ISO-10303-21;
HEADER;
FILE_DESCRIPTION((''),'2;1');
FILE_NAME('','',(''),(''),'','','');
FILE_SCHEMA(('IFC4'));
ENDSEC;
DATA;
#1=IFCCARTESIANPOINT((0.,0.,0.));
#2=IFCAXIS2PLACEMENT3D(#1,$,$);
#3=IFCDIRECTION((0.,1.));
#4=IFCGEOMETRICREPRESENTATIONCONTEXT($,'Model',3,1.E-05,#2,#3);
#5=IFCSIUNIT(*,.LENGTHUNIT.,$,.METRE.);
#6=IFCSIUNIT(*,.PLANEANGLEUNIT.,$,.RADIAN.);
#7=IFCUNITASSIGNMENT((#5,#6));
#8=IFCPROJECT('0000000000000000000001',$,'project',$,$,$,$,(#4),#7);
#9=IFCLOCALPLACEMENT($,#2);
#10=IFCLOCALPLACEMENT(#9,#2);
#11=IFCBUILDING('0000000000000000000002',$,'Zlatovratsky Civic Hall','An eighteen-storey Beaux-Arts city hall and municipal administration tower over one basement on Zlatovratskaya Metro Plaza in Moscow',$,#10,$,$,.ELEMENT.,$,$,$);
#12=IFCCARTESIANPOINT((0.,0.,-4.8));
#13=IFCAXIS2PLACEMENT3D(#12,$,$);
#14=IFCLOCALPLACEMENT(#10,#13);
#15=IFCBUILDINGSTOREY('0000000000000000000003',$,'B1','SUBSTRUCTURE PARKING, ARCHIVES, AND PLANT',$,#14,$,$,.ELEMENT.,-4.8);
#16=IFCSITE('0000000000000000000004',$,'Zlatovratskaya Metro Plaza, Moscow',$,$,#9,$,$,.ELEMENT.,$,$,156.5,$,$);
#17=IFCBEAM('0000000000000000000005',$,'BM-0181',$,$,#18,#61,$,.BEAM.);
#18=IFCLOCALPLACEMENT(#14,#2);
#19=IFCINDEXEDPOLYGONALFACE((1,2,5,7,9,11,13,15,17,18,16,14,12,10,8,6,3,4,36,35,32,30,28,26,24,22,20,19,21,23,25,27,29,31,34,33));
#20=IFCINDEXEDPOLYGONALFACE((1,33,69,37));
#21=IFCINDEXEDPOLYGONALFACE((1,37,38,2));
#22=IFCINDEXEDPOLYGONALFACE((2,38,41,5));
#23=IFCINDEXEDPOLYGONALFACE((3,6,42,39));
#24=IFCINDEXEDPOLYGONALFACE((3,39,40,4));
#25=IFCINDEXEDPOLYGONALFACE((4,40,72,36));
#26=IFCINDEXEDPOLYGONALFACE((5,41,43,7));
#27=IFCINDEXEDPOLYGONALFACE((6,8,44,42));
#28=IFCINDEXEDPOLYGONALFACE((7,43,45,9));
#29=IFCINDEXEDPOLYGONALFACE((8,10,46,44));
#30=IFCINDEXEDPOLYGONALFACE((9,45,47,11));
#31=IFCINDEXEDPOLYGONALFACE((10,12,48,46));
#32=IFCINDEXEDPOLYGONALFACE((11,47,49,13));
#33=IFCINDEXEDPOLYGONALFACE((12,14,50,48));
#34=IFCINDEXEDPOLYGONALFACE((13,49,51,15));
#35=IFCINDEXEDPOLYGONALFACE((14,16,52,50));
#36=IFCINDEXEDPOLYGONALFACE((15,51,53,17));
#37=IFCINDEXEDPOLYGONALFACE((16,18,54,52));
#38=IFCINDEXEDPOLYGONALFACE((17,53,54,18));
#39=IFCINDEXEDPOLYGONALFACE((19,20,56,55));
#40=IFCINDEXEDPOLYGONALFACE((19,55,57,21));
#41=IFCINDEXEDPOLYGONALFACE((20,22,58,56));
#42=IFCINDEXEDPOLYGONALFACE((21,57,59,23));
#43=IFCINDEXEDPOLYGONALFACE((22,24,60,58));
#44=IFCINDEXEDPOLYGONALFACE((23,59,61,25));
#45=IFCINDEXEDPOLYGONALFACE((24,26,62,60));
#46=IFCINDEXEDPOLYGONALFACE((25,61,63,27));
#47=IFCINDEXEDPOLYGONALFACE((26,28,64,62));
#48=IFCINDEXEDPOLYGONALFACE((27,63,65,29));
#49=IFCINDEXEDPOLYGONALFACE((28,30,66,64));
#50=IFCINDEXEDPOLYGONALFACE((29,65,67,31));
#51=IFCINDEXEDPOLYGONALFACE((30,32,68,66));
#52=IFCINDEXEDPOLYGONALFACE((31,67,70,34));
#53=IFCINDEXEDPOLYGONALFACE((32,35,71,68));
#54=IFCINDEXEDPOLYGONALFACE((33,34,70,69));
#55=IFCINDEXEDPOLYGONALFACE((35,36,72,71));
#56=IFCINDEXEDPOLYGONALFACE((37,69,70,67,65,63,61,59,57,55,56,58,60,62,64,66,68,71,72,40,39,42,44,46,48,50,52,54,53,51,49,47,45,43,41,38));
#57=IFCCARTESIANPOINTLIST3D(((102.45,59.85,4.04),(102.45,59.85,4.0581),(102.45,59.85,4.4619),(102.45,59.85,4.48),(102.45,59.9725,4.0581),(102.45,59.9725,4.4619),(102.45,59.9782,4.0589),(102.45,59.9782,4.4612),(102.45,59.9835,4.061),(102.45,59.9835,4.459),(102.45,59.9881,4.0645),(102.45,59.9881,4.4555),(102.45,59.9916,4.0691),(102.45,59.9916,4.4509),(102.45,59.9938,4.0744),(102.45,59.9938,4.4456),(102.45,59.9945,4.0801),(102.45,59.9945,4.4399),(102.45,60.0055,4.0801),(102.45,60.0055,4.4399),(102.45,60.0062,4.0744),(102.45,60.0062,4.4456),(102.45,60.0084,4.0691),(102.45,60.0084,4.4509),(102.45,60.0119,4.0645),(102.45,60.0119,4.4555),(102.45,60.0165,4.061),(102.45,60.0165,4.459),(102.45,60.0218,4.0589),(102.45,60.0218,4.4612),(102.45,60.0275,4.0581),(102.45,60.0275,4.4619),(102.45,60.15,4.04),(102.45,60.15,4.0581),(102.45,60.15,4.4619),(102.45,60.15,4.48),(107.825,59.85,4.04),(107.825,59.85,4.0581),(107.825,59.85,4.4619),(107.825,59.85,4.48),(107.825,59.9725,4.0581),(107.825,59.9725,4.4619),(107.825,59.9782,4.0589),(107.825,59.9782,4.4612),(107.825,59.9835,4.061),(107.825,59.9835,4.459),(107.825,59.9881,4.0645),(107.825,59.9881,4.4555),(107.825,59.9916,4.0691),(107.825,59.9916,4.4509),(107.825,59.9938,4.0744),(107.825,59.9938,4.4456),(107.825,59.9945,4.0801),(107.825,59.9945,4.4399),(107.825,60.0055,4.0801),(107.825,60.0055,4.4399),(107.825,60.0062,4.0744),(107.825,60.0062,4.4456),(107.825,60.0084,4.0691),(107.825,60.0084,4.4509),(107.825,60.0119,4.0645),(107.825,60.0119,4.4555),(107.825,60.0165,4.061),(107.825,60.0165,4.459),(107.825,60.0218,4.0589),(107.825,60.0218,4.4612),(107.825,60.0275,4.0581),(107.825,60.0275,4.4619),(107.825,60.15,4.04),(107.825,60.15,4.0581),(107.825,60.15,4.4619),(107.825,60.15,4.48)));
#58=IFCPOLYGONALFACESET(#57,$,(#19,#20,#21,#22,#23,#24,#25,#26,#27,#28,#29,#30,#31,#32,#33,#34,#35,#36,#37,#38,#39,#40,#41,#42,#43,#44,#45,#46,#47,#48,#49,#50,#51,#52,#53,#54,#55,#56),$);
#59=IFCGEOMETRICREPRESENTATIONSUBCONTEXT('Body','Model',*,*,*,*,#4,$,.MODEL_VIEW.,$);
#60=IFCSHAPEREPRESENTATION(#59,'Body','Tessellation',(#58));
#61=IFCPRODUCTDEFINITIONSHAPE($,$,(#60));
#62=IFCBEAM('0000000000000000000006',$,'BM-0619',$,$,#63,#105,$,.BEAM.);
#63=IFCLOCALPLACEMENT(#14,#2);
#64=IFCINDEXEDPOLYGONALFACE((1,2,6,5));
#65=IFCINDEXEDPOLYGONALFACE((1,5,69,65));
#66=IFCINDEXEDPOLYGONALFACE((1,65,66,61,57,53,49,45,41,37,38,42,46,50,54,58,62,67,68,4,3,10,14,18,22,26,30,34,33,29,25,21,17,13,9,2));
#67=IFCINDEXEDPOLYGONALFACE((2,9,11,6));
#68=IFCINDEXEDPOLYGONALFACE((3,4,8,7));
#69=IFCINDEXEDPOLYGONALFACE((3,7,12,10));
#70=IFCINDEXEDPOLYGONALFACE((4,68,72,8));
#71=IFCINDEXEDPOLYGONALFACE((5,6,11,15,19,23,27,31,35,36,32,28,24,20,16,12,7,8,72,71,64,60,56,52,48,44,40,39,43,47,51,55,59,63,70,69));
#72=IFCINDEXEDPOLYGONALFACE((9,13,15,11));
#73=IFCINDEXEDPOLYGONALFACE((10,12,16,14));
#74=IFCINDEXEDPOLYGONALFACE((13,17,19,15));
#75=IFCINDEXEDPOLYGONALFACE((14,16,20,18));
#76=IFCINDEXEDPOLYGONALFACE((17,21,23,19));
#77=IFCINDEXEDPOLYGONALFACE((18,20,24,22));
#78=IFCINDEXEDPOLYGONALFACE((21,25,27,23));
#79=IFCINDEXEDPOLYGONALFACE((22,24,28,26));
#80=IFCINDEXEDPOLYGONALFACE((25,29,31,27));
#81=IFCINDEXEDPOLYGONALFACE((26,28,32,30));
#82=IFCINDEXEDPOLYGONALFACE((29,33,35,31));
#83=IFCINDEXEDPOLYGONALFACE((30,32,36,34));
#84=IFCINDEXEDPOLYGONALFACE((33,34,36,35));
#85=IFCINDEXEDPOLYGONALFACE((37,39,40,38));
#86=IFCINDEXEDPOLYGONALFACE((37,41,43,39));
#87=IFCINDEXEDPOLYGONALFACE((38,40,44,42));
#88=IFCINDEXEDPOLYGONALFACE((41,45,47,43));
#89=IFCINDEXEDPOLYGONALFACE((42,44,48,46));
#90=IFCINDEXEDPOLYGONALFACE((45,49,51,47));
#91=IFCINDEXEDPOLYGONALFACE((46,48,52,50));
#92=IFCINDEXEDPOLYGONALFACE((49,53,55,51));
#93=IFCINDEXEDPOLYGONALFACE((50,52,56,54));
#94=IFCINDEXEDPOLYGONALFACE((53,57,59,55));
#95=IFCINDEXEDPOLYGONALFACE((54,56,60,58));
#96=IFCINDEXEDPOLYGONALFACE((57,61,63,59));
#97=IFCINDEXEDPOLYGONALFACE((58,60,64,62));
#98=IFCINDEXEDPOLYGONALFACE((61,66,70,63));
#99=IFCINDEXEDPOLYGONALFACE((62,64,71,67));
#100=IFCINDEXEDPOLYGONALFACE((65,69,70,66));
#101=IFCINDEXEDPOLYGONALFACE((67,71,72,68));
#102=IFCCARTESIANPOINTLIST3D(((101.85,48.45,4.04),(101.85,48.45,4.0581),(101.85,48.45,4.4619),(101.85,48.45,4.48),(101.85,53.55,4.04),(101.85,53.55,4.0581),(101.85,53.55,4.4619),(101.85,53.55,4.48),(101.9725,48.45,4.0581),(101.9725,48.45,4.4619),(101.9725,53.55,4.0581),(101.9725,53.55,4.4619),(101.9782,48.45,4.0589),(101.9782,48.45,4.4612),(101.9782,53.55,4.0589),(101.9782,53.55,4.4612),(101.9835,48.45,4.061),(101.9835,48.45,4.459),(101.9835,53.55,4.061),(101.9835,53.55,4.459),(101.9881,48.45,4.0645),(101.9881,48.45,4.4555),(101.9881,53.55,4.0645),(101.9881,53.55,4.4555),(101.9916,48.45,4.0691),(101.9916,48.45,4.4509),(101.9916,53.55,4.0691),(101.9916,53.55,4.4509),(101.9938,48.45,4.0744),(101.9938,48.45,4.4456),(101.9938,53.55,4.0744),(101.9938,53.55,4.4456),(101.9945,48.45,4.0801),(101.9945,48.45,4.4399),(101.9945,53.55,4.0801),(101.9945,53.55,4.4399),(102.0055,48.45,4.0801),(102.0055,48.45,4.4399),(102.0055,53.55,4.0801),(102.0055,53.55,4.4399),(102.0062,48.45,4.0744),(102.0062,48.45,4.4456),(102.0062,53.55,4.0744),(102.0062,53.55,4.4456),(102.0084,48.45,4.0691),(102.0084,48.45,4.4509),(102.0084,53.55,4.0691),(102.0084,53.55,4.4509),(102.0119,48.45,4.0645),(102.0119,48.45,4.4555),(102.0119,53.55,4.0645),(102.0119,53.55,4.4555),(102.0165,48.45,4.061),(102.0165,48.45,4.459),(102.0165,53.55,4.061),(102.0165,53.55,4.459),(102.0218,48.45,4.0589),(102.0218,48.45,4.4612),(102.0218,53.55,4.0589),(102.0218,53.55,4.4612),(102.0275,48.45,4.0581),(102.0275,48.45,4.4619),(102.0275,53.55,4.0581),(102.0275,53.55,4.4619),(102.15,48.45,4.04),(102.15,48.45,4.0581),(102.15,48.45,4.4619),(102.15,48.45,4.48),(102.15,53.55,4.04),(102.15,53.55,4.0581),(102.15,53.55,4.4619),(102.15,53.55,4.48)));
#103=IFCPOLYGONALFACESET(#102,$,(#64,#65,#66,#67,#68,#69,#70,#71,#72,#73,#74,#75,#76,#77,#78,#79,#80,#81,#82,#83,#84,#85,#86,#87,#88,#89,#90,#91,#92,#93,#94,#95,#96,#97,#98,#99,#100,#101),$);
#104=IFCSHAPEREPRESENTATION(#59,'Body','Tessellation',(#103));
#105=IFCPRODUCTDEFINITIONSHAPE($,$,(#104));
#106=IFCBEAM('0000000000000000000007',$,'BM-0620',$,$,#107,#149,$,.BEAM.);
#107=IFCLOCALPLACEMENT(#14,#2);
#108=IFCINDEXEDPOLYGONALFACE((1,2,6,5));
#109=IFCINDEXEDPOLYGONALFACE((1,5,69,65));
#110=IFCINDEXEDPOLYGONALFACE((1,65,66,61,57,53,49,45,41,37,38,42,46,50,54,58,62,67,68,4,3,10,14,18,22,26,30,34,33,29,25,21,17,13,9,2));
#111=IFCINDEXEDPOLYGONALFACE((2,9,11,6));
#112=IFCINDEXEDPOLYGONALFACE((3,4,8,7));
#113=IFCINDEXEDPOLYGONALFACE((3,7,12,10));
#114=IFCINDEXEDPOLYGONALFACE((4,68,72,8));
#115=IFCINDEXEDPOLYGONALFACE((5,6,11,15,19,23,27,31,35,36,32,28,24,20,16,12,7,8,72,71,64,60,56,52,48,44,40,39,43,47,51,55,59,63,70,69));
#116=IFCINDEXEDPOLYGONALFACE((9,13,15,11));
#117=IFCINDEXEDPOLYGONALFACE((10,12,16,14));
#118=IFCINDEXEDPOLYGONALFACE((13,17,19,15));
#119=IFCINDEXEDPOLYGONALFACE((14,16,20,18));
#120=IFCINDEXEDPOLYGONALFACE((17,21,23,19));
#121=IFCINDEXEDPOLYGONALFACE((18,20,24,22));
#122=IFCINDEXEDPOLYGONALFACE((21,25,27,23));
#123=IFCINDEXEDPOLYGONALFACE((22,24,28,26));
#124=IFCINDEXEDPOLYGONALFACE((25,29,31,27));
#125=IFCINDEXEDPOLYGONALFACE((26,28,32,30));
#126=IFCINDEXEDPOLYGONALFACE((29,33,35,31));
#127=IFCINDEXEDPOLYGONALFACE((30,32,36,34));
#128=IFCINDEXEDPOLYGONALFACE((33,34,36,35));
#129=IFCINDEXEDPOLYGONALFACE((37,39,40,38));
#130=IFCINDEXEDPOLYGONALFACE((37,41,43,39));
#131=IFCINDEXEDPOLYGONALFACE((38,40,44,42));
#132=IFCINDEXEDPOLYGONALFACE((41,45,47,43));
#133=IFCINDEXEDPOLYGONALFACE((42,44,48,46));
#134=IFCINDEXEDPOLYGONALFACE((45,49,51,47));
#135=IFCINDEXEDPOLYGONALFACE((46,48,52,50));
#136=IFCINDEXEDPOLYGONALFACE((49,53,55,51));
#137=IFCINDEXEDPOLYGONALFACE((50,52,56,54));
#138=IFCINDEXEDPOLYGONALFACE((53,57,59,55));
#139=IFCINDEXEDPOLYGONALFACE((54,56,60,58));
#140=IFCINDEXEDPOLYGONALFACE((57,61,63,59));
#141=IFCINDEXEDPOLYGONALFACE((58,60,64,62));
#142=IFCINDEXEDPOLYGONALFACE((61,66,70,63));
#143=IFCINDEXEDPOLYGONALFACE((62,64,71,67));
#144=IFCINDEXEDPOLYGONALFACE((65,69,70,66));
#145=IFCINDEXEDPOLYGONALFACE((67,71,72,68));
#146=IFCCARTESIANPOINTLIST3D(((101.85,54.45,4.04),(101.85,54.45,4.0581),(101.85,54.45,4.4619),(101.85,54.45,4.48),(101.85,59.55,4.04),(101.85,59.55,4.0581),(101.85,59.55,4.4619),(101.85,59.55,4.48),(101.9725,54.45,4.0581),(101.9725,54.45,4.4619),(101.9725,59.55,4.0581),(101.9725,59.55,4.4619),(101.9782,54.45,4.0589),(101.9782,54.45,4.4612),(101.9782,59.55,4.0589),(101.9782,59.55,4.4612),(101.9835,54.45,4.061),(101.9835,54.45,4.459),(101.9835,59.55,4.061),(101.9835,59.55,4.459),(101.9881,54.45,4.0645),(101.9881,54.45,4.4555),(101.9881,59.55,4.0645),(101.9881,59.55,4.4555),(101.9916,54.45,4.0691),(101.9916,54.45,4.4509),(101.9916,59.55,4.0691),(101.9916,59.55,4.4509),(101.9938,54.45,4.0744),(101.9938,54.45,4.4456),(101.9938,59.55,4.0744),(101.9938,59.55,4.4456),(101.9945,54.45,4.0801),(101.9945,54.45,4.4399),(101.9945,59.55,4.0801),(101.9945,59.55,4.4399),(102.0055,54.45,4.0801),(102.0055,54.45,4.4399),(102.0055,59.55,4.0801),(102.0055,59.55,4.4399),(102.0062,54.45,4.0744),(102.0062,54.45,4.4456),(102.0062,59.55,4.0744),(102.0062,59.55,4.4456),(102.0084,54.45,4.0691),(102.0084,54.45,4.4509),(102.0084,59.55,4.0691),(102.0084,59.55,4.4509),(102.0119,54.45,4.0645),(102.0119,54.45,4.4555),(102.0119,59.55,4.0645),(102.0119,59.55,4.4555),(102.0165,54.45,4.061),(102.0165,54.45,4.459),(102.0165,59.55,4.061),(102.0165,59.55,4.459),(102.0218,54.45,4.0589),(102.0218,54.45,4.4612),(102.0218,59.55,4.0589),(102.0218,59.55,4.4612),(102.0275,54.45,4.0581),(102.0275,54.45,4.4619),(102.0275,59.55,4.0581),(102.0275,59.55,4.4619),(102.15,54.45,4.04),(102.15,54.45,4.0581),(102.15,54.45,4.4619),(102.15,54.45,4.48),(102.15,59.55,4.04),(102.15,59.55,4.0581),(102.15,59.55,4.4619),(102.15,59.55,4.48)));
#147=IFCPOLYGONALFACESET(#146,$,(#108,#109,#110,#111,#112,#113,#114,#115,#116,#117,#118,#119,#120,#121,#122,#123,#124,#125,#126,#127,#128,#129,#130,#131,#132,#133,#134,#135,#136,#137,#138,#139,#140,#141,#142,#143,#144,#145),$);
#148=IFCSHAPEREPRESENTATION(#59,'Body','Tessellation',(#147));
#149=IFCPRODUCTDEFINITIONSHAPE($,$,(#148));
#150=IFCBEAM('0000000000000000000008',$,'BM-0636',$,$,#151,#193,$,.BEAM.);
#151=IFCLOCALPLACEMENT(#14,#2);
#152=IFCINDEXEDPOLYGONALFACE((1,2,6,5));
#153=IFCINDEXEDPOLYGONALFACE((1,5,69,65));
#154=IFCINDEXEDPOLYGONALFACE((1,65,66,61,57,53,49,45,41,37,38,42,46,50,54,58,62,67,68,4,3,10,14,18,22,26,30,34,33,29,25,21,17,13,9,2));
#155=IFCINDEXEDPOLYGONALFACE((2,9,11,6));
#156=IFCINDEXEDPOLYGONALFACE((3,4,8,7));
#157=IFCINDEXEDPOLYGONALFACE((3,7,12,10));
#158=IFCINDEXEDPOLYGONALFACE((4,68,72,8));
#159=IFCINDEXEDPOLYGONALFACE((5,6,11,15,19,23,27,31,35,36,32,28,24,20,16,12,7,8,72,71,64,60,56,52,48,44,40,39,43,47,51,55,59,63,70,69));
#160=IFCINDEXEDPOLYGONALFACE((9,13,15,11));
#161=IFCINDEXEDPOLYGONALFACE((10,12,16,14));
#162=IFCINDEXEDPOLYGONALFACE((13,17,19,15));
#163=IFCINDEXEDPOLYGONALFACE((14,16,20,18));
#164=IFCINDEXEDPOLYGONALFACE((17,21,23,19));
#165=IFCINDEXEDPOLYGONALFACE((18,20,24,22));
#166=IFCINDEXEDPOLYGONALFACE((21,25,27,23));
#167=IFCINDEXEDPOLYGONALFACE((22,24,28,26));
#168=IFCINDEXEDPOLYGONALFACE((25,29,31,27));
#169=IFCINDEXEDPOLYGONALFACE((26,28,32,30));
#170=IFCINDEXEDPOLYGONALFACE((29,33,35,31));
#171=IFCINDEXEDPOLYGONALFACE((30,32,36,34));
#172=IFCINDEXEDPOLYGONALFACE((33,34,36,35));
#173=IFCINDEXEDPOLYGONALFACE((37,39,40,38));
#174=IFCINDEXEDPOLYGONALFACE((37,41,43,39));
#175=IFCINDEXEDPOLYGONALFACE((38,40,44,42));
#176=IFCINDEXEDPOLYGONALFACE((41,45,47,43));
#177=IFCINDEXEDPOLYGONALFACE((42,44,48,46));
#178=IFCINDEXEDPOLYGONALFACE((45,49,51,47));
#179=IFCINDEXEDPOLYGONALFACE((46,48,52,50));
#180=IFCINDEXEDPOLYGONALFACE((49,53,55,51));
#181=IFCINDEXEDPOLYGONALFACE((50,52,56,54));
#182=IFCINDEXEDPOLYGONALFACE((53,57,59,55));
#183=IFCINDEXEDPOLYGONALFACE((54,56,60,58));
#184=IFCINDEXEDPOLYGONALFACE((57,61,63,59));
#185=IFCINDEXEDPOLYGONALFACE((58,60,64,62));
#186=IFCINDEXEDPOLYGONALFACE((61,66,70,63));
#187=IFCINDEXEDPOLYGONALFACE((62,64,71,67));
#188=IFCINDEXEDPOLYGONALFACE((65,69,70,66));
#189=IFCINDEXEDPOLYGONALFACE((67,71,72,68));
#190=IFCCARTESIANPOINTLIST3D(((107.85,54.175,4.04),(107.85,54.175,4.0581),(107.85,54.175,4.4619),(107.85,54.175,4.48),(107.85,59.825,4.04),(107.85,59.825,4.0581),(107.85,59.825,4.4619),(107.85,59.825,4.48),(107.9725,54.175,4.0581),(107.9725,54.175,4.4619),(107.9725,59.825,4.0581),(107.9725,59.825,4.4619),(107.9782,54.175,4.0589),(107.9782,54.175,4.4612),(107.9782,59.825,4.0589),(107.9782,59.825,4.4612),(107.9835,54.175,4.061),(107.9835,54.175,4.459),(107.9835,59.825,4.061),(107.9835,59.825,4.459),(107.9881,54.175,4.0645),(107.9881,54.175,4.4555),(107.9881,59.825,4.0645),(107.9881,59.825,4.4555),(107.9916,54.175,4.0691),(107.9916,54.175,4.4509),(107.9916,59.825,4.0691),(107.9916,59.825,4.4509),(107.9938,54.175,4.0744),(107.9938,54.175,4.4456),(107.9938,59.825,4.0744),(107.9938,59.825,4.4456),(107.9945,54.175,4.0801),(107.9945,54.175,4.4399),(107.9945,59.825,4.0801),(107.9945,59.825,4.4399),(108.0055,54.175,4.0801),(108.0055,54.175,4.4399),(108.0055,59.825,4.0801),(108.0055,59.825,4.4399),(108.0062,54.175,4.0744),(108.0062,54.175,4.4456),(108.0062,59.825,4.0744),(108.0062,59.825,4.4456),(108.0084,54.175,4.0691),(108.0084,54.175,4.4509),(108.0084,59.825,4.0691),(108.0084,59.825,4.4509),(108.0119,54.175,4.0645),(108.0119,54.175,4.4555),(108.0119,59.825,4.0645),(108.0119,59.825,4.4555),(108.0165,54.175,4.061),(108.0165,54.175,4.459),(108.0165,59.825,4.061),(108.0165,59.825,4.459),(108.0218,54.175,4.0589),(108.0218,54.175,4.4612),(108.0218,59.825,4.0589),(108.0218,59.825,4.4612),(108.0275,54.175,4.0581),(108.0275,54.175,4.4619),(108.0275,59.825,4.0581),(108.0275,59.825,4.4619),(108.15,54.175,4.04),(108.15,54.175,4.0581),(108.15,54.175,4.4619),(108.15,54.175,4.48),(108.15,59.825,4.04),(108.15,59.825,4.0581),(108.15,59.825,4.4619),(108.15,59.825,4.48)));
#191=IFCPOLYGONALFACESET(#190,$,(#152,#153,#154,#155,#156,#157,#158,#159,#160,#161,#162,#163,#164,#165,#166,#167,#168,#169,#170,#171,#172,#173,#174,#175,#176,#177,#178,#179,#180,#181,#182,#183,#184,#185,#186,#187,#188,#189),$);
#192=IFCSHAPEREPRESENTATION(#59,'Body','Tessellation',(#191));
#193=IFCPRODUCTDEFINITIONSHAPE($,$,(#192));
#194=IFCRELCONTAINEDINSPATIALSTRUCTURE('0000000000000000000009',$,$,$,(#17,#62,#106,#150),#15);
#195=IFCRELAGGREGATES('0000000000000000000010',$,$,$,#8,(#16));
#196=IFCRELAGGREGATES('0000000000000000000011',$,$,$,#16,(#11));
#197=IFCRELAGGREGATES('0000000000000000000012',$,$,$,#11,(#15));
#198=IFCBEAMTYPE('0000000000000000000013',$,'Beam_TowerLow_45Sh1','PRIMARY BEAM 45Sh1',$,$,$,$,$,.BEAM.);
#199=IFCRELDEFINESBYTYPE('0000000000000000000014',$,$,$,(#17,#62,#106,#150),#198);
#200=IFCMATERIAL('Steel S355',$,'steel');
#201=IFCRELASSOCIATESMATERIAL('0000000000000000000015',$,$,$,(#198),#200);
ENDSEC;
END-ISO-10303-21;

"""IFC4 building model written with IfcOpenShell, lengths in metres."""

from ifc_helpers import new_model, si_unit, direction, frame, origin, origin_2d, place, context, subcontext, project, spatial, i_section, extrude, material, material_profile, profile_set, type_object, element, save


model = new_model("IFC4")

# Units and contexts
model_context = context("Model", 3, precision=1e-05, world=origin(), true_north=direction((0.0, 1.0)))
body_context = subcontext(model_context, "Body", "Model", "MODEL_VIEW")
ifc_project = project(units=[si_unit("LENGTHUNIT", "METRE"), si_unit("PLANEANGLEUNIT", "RADIAN")], contexts=[model_context])

# Site, building, storey
site_placement = place(None, origin())
site = spatial("IfcSite", under=ifc_project, at=site_placement, Name="Zlatovratskaya Metro Plaza, Moscow", CompositionType="ELEMENT", RefElevation=156.5)
building_placement = place(site_placement, origin())
building = spatial("IfcBuilding", under=site, at=building_placement, Name="Zlatovratsky Civic Hall", Description="An eighteen-storey Beaux-Arts city hall and municipal administration tower over one basement on Zlatovratskaya Metro Plaza in Moscow", CompositionType="ELEMENT")
storey_placement = place(building_placement, frame((0.0, 0.0, -4.8)))
storey = spatial("IfcBuildingStorey", under=building, at=storey_placement, Name="B1", Description="SUBSTRUCTURE PARKING, ARCHIVES, AND PLANT", CompositionType="ELEMENT", Elevation=-4.8)

# Shared definitions
ifc_material_1 = material(Name="Steel S355", Category="steel")

# Beams
ifc_material_profile_1 = material_profile(ifc_material_1, i_section(OverallWidth=0.3, OverallDepth=0.4399, WebThickness=0.011, FlangeThickness=0.0181, FilletRadius=0.022, at=origin_2d()), Name="45Sh1")
ifc_profile_set_1 = profile_set([ifc_material_profile_1], Name="Steel S355")
beam_type = type_object("IfcBeamType", Name="Beam_TowerLow_45Sh1", Description="PRIMARY BEAM 45Sh1", PredefinedType="BEAM", material=ifc_profile_set_1)
beam_1_placement = place(storey_placement, frame((102.45, 60.0, 4.26), z_axis=(1.0, 0.0, 0.0), x_axis=(0.0, 1.0, 0.0)))
element("IfcBeam", 1, at=beam_1_placement, inside=storey, type_object=beam_type, Name="BM-0181", PredefinedType="BEAM", context=body_context, shape_type="SweptSolid", body=[
    extrude(i_section(OverallWidth=0.3, OverallDepth=0.4399, WebThickness=0.011, FlangeThickness=0.0181, FilletRadius=0.022, at=origin_2d()), origin(), (0.0, 0.0, 1.0), 5.375),
])
for number, where, z_axis, x_axis, name in (
    (2, (102.0, 48.45, 4.26), (0.0, 1.0, 0.0), (-1.0, 0.0, 0.0), "BM-0619"),
    (3, (102.0, 54.45, 4.26), (0.0, 1.0, 0.0), (-1.0, 0.0, 0.0), "BM-0620"),
):
    element("IfcBeam", number, at=place(storey_placement, frame(where, z_axis=z_axis, x_axis=x_axis)), inside=storey, type_object=beam_type, Name=name, PredefinedType="BEAM", context=body_context, shape_type="SweptSolid", body=[
        extrude(i_section(OverallWidth=0.3, OverallDepth=0.4399, WebThickness=0.011, FlangeThickness=0.0181, FilletRadius=0.022, at=origin_2d()), origin(), (0.0, 0.0, 1.0), 5.1001),
    ])
for number, where, z_axis, x_axis, name in (
    (4, (108.0, 54.175, 4.26), (0.0, 1.0, 0.0), (-1.0, 0.0, 0.0), "BM-0636"),
):
    element("IfcBeam", number, at=place(storey_placement, frame(where, z_axis=z_axis, x_axis=x_axis)), inside=storey, type_object=beam_type, Name=name, PredefinedType="BEAM", context=body_context, shape_type="SweptSolid", body=[
        extrude(i_section(OverallWidth=0.3, OverallDepth=0.4399, WebThickness=0.011, FlangeThickness=0.0181, FilletRadius=0.022, at=origin_2d()), origin(), (0.0, 0.0, 1.0), 5.6499),
    ])

save(model, "model.ifc")
